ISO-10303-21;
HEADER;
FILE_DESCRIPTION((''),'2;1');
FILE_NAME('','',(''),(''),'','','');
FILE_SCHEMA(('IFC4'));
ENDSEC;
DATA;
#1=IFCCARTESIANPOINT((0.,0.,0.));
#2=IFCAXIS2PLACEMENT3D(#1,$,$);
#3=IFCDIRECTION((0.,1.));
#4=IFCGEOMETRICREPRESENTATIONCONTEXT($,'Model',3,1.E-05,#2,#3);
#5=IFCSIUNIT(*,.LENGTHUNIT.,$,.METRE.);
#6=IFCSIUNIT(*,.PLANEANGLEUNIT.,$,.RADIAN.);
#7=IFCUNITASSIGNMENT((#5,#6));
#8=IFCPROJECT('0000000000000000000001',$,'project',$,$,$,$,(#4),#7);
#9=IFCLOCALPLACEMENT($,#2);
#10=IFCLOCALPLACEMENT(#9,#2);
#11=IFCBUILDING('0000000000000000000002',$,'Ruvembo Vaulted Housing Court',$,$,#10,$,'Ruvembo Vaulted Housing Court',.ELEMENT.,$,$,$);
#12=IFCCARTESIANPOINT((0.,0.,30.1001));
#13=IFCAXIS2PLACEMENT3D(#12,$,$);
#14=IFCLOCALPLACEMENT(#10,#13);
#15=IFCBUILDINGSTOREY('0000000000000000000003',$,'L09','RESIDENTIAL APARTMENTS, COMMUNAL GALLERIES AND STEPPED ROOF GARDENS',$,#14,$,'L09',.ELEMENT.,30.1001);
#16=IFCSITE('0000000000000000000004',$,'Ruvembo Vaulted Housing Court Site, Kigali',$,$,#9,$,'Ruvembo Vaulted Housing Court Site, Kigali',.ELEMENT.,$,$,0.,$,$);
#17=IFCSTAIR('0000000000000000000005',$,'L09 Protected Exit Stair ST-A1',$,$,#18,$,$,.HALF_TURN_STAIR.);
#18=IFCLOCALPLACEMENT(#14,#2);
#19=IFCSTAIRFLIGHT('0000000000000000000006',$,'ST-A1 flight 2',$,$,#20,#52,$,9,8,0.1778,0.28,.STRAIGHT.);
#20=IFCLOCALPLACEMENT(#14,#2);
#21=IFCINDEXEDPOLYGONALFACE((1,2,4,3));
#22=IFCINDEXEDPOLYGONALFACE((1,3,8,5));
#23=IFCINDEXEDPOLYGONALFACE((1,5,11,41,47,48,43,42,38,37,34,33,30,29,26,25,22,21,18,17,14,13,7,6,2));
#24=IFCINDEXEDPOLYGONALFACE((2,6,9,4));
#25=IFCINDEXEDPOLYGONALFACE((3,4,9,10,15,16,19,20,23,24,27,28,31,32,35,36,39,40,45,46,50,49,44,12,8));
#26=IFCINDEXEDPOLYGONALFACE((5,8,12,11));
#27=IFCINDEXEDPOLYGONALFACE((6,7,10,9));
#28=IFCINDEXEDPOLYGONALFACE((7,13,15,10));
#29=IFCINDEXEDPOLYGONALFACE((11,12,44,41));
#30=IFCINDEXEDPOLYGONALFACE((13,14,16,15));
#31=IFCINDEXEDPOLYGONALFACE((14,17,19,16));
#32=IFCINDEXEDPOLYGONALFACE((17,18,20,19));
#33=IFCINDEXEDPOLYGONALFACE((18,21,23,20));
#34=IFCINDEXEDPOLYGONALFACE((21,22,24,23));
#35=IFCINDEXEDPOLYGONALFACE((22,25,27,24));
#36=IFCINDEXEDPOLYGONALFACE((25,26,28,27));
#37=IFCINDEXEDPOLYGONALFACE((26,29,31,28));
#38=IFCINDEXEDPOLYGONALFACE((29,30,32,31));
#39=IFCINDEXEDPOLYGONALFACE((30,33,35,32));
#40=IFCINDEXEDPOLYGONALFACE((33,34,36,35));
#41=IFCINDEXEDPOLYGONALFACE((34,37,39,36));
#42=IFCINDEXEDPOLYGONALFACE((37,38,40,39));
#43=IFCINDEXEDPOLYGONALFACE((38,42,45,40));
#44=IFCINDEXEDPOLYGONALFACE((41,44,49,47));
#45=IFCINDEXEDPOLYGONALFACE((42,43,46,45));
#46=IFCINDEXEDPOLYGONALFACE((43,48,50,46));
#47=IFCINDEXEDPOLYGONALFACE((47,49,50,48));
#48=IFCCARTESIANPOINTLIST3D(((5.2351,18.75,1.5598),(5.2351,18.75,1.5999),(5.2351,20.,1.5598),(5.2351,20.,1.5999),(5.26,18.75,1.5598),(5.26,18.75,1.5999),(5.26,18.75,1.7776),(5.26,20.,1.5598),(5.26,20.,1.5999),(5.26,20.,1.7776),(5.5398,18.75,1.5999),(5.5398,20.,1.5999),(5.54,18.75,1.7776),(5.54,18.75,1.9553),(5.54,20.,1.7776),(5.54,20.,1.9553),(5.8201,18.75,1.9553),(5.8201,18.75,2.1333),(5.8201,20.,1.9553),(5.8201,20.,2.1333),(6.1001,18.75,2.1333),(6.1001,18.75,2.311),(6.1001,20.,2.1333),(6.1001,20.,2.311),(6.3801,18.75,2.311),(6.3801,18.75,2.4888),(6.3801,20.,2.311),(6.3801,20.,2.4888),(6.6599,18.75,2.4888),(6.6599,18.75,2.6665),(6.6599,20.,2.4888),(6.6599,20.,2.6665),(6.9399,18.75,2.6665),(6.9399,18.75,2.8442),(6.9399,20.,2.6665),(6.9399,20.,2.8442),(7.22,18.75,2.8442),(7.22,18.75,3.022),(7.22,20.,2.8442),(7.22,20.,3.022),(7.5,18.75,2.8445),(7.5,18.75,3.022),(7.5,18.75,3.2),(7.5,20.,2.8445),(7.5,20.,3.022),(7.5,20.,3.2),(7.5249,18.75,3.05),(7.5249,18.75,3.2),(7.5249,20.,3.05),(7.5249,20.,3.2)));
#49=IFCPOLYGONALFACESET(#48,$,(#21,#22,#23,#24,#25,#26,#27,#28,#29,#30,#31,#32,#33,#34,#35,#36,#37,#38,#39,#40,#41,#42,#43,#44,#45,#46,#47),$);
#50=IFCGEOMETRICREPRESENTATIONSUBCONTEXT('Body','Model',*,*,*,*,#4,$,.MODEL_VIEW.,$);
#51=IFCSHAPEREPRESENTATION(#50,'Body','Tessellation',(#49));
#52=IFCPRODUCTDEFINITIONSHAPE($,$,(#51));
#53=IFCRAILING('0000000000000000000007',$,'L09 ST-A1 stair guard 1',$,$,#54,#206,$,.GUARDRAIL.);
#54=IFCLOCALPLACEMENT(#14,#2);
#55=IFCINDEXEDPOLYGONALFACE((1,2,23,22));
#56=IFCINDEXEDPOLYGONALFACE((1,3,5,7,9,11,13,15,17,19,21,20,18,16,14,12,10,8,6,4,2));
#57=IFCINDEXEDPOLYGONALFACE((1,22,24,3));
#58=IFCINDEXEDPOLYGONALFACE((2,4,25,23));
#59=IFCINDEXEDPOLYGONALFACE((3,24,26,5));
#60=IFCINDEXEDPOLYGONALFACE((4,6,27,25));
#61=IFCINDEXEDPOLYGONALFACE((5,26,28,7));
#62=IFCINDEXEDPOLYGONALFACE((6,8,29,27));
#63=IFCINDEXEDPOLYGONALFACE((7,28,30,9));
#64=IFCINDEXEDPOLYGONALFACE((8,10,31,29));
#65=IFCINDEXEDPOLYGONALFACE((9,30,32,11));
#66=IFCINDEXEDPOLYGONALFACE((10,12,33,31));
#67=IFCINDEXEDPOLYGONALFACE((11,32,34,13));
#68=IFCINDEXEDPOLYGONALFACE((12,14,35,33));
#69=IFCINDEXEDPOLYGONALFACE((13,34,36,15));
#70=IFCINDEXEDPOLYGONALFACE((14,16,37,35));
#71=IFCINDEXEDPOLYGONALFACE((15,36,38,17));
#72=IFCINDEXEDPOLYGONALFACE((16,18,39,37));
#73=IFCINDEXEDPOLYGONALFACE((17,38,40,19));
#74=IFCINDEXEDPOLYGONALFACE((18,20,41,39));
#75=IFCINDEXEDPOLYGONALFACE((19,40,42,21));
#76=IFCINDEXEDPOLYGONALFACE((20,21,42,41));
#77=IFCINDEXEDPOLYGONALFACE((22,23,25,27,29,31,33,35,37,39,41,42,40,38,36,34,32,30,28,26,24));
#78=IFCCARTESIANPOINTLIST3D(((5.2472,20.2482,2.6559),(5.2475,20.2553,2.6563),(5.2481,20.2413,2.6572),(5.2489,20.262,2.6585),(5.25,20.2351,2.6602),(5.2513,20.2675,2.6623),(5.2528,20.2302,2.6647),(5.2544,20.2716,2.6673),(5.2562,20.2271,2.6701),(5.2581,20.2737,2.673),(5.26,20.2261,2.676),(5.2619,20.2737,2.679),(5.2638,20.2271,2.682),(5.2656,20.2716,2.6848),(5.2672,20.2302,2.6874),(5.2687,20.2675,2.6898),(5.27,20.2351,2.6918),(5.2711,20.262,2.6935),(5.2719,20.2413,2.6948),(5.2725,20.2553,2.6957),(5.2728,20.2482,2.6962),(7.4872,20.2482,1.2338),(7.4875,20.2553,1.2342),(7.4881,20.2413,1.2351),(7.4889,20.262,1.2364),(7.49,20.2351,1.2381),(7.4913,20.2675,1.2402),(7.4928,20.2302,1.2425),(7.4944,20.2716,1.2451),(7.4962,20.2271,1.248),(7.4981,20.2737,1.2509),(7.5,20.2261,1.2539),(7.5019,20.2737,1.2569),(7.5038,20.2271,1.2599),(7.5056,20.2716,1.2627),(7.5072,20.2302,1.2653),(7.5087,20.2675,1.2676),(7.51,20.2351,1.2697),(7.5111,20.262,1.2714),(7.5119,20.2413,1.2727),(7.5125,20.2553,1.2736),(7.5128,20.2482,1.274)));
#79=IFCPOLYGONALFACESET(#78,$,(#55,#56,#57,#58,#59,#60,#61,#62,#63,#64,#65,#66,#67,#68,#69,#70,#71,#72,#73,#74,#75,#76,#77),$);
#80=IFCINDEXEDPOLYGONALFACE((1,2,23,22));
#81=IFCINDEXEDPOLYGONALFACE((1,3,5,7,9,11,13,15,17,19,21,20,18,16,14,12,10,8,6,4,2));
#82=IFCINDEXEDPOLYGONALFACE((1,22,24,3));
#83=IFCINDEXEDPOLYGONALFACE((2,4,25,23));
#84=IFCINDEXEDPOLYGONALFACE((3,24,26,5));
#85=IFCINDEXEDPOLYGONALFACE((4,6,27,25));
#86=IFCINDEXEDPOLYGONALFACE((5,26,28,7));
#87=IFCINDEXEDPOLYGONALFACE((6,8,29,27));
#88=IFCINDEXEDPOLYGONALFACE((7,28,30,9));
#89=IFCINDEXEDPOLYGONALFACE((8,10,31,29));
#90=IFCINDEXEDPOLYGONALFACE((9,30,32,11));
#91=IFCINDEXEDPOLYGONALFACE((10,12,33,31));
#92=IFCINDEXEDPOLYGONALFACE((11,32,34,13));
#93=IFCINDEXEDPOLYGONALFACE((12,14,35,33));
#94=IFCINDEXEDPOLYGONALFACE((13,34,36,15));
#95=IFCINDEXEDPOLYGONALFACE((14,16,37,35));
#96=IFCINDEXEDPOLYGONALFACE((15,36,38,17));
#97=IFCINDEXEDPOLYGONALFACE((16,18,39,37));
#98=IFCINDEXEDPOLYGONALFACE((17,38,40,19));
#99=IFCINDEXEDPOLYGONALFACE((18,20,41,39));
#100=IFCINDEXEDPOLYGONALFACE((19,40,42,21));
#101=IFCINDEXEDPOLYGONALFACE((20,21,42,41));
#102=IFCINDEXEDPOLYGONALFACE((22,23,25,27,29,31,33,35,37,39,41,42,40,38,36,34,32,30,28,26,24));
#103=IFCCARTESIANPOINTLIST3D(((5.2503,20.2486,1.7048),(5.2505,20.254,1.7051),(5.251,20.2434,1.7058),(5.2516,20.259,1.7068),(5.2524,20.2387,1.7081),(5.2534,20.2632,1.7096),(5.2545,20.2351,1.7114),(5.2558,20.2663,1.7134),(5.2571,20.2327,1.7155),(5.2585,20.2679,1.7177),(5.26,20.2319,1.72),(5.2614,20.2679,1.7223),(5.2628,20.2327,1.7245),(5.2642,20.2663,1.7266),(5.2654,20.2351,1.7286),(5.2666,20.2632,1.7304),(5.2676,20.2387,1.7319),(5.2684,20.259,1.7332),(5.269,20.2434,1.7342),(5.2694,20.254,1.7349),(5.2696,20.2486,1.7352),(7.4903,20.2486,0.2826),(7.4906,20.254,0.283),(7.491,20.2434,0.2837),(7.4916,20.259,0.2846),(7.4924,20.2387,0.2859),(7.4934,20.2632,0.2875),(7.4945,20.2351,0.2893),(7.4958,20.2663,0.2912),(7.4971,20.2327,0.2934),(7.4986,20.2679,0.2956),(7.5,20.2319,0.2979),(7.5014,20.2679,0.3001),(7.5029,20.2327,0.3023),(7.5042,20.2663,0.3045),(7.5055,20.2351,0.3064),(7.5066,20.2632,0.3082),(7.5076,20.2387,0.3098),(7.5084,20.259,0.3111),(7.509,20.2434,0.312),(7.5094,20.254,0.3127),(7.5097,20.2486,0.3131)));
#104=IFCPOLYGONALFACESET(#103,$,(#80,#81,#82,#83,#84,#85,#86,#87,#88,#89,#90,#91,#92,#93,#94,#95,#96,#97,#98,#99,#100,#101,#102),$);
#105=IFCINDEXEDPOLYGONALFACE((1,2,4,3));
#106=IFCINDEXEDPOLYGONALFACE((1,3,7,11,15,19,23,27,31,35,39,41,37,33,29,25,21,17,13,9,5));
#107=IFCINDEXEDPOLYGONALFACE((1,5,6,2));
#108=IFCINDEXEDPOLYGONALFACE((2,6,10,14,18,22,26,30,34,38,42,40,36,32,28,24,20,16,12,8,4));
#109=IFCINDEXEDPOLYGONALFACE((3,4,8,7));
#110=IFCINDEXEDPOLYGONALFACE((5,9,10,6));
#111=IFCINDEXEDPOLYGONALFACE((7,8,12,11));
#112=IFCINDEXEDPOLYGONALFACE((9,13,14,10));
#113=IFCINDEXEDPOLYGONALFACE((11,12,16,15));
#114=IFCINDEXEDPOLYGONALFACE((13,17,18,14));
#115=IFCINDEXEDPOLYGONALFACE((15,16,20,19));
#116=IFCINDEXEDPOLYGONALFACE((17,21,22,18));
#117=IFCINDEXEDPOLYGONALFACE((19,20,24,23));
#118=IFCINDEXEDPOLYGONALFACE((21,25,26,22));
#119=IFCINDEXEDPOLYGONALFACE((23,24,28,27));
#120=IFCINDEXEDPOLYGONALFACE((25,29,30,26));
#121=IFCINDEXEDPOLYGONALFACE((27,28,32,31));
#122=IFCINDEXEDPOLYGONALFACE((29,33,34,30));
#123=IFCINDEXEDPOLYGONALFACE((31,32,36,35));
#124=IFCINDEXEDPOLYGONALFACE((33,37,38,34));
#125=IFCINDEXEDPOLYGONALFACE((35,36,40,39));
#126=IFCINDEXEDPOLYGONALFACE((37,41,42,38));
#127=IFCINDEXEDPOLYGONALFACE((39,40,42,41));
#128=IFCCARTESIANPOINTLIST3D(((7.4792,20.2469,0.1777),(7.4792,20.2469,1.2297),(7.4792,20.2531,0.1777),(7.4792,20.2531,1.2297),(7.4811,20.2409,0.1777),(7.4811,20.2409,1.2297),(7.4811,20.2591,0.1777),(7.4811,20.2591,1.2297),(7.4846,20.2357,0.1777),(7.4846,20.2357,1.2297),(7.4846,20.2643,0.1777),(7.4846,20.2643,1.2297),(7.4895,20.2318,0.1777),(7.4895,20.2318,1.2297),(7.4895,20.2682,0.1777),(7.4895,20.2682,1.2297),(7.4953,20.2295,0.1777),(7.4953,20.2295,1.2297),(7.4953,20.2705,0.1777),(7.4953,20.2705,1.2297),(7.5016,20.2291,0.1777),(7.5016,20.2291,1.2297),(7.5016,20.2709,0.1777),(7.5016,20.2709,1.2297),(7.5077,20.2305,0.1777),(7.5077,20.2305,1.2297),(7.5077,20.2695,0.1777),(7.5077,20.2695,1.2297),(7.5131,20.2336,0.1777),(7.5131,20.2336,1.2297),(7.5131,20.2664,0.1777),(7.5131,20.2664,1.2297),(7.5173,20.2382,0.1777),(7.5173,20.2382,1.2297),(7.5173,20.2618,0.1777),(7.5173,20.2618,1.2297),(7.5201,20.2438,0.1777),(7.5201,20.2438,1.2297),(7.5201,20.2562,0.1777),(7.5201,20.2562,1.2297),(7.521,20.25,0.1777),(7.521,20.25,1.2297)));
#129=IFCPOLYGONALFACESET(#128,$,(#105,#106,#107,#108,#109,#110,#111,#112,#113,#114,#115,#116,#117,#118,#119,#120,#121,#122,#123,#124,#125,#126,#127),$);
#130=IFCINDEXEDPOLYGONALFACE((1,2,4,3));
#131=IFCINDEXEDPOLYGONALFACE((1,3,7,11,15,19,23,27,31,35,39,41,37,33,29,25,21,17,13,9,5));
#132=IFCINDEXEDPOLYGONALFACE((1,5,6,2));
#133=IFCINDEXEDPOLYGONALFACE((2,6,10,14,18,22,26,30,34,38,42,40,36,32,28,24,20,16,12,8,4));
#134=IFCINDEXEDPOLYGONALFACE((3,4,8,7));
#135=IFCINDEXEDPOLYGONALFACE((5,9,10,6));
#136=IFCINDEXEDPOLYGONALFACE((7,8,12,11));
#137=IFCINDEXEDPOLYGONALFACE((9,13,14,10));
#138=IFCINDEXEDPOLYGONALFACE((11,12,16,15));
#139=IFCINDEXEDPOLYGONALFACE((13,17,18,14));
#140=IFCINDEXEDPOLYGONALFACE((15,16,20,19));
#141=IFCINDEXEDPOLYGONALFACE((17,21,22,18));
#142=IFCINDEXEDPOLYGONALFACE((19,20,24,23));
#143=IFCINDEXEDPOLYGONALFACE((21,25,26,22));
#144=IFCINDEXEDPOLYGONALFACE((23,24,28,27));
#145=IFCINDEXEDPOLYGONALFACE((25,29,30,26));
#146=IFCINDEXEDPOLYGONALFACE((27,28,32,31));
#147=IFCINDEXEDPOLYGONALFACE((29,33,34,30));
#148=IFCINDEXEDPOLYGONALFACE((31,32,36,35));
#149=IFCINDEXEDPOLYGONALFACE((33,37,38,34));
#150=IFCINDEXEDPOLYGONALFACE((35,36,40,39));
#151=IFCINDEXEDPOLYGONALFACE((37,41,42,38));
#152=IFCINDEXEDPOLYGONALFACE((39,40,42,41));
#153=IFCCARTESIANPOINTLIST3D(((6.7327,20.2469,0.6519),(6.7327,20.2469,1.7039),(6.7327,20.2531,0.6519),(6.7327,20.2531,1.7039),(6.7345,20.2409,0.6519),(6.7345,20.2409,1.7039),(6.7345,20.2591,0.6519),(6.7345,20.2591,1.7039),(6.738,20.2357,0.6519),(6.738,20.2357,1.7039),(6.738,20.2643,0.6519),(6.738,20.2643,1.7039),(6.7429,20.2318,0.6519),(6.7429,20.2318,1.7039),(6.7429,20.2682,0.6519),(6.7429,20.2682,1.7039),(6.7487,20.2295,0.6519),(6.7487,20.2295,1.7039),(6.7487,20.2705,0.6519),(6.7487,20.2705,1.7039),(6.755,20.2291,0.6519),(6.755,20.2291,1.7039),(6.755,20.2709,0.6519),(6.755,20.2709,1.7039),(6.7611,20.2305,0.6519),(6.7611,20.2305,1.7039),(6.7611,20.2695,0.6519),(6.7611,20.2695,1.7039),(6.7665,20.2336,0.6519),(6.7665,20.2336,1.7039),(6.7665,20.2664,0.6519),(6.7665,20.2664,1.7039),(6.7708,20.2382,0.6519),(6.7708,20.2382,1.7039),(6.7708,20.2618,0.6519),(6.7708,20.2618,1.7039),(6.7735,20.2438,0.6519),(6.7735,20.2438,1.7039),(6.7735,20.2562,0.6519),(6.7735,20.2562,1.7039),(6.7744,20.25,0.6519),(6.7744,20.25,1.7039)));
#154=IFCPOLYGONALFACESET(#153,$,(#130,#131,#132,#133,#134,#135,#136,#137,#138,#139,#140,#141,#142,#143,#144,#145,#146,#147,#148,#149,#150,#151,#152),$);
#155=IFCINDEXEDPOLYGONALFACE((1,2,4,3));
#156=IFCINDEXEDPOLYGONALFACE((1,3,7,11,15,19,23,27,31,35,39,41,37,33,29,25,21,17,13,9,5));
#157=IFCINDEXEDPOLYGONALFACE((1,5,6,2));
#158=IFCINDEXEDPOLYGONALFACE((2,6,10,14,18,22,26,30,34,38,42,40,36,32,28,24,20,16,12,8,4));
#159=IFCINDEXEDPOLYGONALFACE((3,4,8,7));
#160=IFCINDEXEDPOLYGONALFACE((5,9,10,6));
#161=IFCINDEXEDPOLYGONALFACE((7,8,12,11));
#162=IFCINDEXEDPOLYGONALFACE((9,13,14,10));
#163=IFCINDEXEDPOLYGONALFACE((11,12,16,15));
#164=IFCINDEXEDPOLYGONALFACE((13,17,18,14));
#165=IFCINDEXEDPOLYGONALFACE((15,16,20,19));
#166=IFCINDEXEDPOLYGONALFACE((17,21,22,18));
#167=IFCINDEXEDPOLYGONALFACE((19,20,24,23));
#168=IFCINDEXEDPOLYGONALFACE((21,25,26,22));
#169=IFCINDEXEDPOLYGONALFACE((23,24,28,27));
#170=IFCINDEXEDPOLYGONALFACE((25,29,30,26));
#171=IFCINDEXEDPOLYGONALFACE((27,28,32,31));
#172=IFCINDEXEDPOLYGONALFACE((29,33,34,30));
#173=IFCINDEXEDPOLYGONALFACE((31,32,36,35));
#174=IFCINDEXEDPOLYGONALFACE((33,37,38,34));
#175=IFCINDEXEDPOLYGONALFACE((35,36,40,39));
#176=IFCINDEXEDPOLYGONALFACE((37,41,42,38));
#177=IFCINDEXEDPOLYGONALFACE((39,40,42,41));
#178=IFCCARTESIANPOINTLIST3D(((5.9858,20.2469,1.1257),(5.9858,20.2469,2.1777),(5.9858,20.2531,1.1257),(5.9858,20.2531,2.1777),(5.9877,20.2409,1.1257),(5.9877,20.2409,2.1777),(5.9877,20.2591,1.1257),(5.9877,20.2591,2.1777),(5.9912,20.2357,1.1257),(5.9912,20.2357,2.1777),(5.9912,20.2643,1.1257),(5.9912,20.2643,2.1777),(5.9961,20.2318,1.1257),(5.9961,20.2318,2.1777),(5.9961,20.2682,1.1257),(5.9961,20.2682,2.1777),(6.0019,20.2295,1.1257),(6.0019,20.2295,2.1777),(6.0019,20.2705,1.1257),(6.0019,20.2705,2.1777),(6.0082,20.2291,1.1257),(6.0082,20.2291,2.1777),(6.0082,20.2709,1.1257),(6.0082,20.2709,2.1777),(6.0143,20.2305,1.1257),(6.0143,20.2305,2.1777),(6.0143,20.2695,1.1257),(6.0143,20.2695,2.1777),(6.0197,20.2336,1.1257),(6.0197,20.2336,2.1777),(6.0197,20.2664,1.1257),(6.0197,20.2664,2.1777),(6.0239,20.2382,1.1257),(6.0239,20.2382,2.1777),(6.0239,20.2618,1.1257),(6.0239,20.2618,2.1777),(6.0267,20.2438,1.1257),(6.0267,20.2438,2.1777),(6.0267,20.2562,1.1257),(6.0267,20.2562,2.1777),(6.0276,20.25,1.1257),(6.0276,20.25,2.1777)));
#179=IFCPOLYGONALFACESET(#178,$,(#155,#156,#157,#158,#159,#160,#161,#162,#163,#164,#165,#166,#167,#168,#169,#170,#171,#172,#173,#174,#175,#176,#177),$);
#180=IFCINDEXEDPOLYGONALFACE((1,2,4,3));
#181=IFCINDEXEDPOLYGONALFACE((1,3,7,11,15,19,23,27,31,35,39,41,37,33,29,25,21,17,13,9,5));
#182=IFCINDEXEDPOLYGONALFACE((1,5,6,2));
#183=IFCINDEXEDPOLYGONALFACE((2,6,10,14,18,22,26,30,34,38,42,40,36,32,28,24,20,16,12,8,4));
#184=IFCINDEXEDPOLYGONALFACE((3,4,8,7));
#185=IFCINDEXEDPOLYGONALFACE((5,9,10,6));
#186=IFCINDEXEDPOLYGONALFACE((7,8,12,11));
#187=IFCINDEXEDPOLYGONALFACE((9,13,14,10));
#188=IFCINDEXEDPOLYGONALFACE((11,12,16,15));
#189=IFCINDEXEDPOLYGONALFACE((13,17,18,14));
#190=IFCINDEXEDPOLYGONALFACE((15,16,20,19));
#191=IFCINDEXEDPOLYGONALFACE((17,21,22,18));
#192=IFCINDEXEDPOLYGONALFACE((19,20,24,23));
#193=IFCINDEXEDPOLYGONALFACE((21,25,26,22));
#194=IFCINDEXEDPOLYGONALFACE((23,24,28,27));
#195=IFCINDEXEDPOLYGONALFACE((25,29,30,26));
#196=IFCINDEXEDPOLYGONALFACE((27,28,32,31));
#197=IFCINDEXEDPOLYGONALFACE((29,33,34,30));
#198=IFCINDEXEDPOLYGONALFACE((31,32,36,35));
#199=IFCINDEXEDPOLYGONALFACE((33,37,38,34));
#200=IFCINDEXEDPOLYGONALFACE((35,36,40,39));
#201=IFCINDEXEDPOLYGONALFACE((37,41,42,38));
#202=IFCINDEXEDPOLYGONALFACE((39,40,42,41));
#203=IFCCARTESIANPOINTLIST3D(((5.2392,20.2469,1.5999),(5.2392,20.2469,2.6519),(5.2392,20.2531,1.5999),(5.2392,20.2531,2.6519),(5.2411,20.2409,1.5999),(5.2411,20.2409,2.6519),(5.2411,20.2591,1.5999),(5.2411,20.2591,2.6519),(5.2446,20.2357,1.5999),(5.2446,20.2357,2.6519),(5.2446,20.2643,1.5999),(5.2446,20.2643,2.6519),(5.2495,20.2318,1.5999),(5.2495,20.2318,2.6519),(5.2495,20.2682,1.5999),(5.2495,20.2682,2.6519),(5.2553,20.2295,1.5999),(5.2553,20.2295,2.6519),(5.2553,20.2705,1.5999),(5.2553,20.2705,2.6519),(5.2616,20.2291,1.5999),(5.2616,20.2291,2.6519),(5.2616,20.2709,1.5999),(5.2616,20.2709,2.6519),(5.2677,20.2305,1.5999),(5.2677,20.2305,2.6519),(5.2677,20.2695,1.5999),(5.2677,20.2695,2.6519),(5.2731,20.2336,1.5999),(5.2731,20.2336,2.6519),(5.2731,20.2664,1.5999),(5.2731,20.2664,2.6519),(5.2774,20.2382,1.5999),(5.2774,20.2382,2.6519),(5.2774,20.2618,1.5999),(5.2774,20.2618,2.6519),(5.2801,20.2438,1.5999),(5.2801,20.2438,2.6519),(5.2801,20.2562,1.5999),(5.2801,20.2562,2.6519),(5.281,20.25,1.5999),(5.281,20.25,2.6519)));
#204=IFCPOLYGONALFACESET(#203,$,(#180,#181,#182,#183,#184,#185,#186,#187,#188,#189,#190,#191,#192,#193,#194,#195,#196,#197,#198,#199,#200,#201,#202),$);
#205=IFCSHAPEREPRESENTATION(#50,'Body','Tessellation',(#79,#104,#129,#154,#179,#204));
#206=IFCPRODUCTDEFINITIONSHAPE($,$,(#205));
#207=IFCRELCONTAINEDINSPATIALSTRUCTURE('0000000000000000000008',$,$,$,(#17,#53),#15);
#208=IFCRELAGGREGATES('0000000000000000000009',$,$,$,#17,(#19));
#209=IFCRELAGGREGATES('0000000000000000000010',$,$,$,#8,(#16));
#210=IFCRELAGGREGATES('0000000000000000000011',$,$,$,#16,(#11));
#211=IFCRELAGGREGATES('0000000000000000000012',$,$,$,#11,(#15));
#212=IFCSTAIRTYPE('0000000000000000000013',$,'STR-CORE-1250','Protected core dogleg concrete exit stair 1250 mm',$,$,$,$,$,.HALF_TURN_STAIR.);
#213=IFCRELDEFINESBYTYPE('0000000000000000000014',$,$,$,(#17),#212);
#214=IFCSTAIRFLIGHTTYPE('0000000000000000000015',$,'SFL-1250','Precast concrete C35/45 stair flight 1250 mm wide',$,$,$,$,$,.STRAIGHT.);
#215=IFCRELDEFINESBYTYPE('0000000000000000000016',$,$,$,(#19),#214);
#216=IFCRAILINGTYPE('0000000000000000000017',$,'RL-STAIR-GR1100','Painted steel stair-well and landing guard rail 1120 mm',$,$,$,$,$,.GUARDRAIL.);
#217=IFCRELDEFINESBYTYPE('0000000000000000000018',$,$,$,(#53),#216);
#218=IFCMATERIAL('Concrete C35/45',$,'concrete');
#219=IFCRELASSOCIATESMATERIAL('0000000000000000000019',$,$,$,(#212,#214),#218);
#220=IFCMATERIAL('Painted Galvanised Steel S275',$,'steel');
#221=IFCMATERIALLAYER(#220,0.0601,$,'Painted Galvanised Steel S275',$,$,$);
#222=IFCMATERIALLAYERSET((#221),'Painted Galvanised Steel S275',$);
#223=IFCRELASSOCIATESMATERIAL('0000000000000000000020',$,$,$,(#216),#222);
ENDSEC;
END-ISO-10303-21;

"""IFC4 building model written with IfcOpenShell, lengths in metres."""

from ifc_helpers import new_model, si_unit, direction, frame, origin, origin_2d, place, context, subcontext, project, spatial, polyline, circle, outline, extrude, material, layer, layer_set, type_object, element, aggregate, save


model = new_model("IFC4")

# Units and contexts
model_context = context("Model", 3, precision=1e-05, world=origin(), true_north=direction((0.0, 1.0)))
body_context = subcontext(model_context, "Body", "Model", "MODEL_VIEW")
ifc_project = project(units=[si_unit("LENGTHUNIT", "METRE"), si_unit("PLANEANGLEUNIT", "RADIAN")], contexts=[model_context])

# Site, building, storey
site_placement = place(None, origin())
site = spatial("IfcSite", under=ifc_project, at=site_placement, Name="Ruvembo Vaulted Housing Court Site, Kigali", LongName="Ruvembo Vaulted Housing Court Site, Kigali", CompositionType="ELEMENT", RefElevation=0.0)
building_placement = place(site_placement, origin())
building = spatial("IfcBuilding", under=site, at=building_placement, Name="Ruvembo Vaulted Housing Court", LongName="Ruvembo Vaulted Housing Court", CompositionType="ELEMENT")
storey_placement = place(building_placement, frame((0.0, 0.0, 30.1001)))
storey = spatial("IfcBuildingStorey", under=building, at=storey_placement, Name="L09", Description="RESIDENTIAL APARTMENTS, COMMUNAL GALLERIES AND STEPPED ROOF GARDENS", LongName="L09", CompositionType="ELEMENT", Elevation=30.1001)

# Shared definitions
ifc_material_1 = material(Name="Concrete C35/45", Category="concrete")

# Stair, stair flight
stair_type = type_object("IfcStairType", Name="STR-CORE-1250", Description="Protected core dogleg concrete exit stair 1250 mm", PredefinedType="HALF_TURN_STAIR", material=ifc_material_1)
stair_placement = place(storey_placement, origin())
stair = element("IfcStair", 1, at=stair_placement, inside=storey, type_object=stair_type, Name="L09 Protected Exit Stair ST-A1", PredefinedType="HALF_TURN_STAIR")
stair_flight_type = type_object("IfcStairFlightType", Name="SFL-1250", Description="Precast concrete C35/45 stair flight 1250 mm wide", PredefinedType="STRAIGHT", material=ifc_material_1)
stair_flight_1_placement = place(storey_placement, frame((5.26, 19.375, 1.5999), z_axis=(0.0, 0.0, 1.0), x_axis=(1.0, 0.0, 0.0)))
stair_flight_1 = element("IfcStairFlight", 2, at=stair_flight_1_placement, type_object=stair_flight_type, Name="ST-A1 flight 2", NumberOfRisers=9, NumberOfTreads=8, PredefinedType="STRAIGHT", RiserHeight=0.1778, TreadLength=0.28, context=body_context, shape_type="SweptSolid", body=[
    extrude(outline(polyline([(-0.0249, -0.04), (-0.0249, 0.0), (0.0, 0.0), (0.0, 0.1777), (0.28, 0.1777), (0.28, 0.3555), (0.5601, 0.3555), (0.5601, 0.5334), (0.8401, 0.5334), (0.8401, 0.7112), (1.1201, 0.7112), (1.1201, 0.8889), (1.3999, 0.8889), (1.3999, 1.0667), (1.6799, 1.0667), (1.6799, 1.2444), (1.96, 1.2444), (1.96, 1.4221), (2.24, 1.4221), (2.24, 1.6001), (2.2649, 1.6001), (2.2649, 1.4502), (2.24, 1.2446), (0.2798, 0.0), (0.0, -0.04), (-0.0249, -0.04)])), frame((0.0, 0.625, 0.0), z_axis=(0.0, -1.0, 0.0), x_axis=(1.0, 0.0, 0.0)), (0.0, 0.0, 1.0), 1.25),
])
aggregate(stair, [stair_flight_1])

# Railing
ifc_material_2 = material(Name="Painted Galvanised Steel S275", Category="steel")
ifc_layer_1 = layer(ifc_material_2, 0.0601, Name="Painted Galvanised Steel S275")
ifc_layer_set_1 = layer_set([ifc_layer_1], Name="Painted Galvanised Steel S275")
railing_type_1 = type_object("IfcRailingType", Name="RL-STAIR-GR1100", Description="Painted steel stair-well and landing guard rail 1120 mm", PredefinedType="GUARDRAIL", material=ifc_layer_set_1)
railing_1_placement = place(storey_placement, frame((7.5, 20.25, 0.1777)))
element("IfcRailing", 3, at=railing_1_placement, inside=storey, type_object=railing_type_1, Name="L09 ST-A1 stair guard 1", PredefinedType="GUARDRAIL", context=body_context, shape_type="SweptSolid", body=[
    extrude(circle(Radius=0.0239, at=origin_2d()), frame((0.0, 0.0, 1.0762), z_axis=(-0.844229, 0.0, 0.535982), x_axis=(0.0, -1.0, 0.0)), (0.0, 0.0, 1.0), 2.6533),
    extrude(circle(Radius=0.0181, at=origin_2d()), frame((0.0, 0.0, 0.1201), z_axis=(-0.844229, 0.0, 0.535982), x_axis=(0.0, -1.0, 0.0)), (0.0, 0.0, 1.0), 2.6533),
    extrude(circle(Radius=0.021, at=origin_2d()), origin(), (0.0, 0.0, 1.0), 1.052),
    extrude(circle(Radius=0.021, at=origin_2d()), frame((-0.7466, 0.0, 0.4741)), (0.0, 0.0, 1.0), 1.052),
    extrude(circle(Radius=0.021, at=origin_2d()), frame((-1.4934, 0.0, 0.948)), (0.0, 0.0, 1.0), 1.052),
    extrude(circle(Radius=0.021, at=origin_2d()), frame((-2.24, 0.0, 1.4221)), (0.0, 0.0, 1.0), 1.052),
])

save(model, "model.ifc")
